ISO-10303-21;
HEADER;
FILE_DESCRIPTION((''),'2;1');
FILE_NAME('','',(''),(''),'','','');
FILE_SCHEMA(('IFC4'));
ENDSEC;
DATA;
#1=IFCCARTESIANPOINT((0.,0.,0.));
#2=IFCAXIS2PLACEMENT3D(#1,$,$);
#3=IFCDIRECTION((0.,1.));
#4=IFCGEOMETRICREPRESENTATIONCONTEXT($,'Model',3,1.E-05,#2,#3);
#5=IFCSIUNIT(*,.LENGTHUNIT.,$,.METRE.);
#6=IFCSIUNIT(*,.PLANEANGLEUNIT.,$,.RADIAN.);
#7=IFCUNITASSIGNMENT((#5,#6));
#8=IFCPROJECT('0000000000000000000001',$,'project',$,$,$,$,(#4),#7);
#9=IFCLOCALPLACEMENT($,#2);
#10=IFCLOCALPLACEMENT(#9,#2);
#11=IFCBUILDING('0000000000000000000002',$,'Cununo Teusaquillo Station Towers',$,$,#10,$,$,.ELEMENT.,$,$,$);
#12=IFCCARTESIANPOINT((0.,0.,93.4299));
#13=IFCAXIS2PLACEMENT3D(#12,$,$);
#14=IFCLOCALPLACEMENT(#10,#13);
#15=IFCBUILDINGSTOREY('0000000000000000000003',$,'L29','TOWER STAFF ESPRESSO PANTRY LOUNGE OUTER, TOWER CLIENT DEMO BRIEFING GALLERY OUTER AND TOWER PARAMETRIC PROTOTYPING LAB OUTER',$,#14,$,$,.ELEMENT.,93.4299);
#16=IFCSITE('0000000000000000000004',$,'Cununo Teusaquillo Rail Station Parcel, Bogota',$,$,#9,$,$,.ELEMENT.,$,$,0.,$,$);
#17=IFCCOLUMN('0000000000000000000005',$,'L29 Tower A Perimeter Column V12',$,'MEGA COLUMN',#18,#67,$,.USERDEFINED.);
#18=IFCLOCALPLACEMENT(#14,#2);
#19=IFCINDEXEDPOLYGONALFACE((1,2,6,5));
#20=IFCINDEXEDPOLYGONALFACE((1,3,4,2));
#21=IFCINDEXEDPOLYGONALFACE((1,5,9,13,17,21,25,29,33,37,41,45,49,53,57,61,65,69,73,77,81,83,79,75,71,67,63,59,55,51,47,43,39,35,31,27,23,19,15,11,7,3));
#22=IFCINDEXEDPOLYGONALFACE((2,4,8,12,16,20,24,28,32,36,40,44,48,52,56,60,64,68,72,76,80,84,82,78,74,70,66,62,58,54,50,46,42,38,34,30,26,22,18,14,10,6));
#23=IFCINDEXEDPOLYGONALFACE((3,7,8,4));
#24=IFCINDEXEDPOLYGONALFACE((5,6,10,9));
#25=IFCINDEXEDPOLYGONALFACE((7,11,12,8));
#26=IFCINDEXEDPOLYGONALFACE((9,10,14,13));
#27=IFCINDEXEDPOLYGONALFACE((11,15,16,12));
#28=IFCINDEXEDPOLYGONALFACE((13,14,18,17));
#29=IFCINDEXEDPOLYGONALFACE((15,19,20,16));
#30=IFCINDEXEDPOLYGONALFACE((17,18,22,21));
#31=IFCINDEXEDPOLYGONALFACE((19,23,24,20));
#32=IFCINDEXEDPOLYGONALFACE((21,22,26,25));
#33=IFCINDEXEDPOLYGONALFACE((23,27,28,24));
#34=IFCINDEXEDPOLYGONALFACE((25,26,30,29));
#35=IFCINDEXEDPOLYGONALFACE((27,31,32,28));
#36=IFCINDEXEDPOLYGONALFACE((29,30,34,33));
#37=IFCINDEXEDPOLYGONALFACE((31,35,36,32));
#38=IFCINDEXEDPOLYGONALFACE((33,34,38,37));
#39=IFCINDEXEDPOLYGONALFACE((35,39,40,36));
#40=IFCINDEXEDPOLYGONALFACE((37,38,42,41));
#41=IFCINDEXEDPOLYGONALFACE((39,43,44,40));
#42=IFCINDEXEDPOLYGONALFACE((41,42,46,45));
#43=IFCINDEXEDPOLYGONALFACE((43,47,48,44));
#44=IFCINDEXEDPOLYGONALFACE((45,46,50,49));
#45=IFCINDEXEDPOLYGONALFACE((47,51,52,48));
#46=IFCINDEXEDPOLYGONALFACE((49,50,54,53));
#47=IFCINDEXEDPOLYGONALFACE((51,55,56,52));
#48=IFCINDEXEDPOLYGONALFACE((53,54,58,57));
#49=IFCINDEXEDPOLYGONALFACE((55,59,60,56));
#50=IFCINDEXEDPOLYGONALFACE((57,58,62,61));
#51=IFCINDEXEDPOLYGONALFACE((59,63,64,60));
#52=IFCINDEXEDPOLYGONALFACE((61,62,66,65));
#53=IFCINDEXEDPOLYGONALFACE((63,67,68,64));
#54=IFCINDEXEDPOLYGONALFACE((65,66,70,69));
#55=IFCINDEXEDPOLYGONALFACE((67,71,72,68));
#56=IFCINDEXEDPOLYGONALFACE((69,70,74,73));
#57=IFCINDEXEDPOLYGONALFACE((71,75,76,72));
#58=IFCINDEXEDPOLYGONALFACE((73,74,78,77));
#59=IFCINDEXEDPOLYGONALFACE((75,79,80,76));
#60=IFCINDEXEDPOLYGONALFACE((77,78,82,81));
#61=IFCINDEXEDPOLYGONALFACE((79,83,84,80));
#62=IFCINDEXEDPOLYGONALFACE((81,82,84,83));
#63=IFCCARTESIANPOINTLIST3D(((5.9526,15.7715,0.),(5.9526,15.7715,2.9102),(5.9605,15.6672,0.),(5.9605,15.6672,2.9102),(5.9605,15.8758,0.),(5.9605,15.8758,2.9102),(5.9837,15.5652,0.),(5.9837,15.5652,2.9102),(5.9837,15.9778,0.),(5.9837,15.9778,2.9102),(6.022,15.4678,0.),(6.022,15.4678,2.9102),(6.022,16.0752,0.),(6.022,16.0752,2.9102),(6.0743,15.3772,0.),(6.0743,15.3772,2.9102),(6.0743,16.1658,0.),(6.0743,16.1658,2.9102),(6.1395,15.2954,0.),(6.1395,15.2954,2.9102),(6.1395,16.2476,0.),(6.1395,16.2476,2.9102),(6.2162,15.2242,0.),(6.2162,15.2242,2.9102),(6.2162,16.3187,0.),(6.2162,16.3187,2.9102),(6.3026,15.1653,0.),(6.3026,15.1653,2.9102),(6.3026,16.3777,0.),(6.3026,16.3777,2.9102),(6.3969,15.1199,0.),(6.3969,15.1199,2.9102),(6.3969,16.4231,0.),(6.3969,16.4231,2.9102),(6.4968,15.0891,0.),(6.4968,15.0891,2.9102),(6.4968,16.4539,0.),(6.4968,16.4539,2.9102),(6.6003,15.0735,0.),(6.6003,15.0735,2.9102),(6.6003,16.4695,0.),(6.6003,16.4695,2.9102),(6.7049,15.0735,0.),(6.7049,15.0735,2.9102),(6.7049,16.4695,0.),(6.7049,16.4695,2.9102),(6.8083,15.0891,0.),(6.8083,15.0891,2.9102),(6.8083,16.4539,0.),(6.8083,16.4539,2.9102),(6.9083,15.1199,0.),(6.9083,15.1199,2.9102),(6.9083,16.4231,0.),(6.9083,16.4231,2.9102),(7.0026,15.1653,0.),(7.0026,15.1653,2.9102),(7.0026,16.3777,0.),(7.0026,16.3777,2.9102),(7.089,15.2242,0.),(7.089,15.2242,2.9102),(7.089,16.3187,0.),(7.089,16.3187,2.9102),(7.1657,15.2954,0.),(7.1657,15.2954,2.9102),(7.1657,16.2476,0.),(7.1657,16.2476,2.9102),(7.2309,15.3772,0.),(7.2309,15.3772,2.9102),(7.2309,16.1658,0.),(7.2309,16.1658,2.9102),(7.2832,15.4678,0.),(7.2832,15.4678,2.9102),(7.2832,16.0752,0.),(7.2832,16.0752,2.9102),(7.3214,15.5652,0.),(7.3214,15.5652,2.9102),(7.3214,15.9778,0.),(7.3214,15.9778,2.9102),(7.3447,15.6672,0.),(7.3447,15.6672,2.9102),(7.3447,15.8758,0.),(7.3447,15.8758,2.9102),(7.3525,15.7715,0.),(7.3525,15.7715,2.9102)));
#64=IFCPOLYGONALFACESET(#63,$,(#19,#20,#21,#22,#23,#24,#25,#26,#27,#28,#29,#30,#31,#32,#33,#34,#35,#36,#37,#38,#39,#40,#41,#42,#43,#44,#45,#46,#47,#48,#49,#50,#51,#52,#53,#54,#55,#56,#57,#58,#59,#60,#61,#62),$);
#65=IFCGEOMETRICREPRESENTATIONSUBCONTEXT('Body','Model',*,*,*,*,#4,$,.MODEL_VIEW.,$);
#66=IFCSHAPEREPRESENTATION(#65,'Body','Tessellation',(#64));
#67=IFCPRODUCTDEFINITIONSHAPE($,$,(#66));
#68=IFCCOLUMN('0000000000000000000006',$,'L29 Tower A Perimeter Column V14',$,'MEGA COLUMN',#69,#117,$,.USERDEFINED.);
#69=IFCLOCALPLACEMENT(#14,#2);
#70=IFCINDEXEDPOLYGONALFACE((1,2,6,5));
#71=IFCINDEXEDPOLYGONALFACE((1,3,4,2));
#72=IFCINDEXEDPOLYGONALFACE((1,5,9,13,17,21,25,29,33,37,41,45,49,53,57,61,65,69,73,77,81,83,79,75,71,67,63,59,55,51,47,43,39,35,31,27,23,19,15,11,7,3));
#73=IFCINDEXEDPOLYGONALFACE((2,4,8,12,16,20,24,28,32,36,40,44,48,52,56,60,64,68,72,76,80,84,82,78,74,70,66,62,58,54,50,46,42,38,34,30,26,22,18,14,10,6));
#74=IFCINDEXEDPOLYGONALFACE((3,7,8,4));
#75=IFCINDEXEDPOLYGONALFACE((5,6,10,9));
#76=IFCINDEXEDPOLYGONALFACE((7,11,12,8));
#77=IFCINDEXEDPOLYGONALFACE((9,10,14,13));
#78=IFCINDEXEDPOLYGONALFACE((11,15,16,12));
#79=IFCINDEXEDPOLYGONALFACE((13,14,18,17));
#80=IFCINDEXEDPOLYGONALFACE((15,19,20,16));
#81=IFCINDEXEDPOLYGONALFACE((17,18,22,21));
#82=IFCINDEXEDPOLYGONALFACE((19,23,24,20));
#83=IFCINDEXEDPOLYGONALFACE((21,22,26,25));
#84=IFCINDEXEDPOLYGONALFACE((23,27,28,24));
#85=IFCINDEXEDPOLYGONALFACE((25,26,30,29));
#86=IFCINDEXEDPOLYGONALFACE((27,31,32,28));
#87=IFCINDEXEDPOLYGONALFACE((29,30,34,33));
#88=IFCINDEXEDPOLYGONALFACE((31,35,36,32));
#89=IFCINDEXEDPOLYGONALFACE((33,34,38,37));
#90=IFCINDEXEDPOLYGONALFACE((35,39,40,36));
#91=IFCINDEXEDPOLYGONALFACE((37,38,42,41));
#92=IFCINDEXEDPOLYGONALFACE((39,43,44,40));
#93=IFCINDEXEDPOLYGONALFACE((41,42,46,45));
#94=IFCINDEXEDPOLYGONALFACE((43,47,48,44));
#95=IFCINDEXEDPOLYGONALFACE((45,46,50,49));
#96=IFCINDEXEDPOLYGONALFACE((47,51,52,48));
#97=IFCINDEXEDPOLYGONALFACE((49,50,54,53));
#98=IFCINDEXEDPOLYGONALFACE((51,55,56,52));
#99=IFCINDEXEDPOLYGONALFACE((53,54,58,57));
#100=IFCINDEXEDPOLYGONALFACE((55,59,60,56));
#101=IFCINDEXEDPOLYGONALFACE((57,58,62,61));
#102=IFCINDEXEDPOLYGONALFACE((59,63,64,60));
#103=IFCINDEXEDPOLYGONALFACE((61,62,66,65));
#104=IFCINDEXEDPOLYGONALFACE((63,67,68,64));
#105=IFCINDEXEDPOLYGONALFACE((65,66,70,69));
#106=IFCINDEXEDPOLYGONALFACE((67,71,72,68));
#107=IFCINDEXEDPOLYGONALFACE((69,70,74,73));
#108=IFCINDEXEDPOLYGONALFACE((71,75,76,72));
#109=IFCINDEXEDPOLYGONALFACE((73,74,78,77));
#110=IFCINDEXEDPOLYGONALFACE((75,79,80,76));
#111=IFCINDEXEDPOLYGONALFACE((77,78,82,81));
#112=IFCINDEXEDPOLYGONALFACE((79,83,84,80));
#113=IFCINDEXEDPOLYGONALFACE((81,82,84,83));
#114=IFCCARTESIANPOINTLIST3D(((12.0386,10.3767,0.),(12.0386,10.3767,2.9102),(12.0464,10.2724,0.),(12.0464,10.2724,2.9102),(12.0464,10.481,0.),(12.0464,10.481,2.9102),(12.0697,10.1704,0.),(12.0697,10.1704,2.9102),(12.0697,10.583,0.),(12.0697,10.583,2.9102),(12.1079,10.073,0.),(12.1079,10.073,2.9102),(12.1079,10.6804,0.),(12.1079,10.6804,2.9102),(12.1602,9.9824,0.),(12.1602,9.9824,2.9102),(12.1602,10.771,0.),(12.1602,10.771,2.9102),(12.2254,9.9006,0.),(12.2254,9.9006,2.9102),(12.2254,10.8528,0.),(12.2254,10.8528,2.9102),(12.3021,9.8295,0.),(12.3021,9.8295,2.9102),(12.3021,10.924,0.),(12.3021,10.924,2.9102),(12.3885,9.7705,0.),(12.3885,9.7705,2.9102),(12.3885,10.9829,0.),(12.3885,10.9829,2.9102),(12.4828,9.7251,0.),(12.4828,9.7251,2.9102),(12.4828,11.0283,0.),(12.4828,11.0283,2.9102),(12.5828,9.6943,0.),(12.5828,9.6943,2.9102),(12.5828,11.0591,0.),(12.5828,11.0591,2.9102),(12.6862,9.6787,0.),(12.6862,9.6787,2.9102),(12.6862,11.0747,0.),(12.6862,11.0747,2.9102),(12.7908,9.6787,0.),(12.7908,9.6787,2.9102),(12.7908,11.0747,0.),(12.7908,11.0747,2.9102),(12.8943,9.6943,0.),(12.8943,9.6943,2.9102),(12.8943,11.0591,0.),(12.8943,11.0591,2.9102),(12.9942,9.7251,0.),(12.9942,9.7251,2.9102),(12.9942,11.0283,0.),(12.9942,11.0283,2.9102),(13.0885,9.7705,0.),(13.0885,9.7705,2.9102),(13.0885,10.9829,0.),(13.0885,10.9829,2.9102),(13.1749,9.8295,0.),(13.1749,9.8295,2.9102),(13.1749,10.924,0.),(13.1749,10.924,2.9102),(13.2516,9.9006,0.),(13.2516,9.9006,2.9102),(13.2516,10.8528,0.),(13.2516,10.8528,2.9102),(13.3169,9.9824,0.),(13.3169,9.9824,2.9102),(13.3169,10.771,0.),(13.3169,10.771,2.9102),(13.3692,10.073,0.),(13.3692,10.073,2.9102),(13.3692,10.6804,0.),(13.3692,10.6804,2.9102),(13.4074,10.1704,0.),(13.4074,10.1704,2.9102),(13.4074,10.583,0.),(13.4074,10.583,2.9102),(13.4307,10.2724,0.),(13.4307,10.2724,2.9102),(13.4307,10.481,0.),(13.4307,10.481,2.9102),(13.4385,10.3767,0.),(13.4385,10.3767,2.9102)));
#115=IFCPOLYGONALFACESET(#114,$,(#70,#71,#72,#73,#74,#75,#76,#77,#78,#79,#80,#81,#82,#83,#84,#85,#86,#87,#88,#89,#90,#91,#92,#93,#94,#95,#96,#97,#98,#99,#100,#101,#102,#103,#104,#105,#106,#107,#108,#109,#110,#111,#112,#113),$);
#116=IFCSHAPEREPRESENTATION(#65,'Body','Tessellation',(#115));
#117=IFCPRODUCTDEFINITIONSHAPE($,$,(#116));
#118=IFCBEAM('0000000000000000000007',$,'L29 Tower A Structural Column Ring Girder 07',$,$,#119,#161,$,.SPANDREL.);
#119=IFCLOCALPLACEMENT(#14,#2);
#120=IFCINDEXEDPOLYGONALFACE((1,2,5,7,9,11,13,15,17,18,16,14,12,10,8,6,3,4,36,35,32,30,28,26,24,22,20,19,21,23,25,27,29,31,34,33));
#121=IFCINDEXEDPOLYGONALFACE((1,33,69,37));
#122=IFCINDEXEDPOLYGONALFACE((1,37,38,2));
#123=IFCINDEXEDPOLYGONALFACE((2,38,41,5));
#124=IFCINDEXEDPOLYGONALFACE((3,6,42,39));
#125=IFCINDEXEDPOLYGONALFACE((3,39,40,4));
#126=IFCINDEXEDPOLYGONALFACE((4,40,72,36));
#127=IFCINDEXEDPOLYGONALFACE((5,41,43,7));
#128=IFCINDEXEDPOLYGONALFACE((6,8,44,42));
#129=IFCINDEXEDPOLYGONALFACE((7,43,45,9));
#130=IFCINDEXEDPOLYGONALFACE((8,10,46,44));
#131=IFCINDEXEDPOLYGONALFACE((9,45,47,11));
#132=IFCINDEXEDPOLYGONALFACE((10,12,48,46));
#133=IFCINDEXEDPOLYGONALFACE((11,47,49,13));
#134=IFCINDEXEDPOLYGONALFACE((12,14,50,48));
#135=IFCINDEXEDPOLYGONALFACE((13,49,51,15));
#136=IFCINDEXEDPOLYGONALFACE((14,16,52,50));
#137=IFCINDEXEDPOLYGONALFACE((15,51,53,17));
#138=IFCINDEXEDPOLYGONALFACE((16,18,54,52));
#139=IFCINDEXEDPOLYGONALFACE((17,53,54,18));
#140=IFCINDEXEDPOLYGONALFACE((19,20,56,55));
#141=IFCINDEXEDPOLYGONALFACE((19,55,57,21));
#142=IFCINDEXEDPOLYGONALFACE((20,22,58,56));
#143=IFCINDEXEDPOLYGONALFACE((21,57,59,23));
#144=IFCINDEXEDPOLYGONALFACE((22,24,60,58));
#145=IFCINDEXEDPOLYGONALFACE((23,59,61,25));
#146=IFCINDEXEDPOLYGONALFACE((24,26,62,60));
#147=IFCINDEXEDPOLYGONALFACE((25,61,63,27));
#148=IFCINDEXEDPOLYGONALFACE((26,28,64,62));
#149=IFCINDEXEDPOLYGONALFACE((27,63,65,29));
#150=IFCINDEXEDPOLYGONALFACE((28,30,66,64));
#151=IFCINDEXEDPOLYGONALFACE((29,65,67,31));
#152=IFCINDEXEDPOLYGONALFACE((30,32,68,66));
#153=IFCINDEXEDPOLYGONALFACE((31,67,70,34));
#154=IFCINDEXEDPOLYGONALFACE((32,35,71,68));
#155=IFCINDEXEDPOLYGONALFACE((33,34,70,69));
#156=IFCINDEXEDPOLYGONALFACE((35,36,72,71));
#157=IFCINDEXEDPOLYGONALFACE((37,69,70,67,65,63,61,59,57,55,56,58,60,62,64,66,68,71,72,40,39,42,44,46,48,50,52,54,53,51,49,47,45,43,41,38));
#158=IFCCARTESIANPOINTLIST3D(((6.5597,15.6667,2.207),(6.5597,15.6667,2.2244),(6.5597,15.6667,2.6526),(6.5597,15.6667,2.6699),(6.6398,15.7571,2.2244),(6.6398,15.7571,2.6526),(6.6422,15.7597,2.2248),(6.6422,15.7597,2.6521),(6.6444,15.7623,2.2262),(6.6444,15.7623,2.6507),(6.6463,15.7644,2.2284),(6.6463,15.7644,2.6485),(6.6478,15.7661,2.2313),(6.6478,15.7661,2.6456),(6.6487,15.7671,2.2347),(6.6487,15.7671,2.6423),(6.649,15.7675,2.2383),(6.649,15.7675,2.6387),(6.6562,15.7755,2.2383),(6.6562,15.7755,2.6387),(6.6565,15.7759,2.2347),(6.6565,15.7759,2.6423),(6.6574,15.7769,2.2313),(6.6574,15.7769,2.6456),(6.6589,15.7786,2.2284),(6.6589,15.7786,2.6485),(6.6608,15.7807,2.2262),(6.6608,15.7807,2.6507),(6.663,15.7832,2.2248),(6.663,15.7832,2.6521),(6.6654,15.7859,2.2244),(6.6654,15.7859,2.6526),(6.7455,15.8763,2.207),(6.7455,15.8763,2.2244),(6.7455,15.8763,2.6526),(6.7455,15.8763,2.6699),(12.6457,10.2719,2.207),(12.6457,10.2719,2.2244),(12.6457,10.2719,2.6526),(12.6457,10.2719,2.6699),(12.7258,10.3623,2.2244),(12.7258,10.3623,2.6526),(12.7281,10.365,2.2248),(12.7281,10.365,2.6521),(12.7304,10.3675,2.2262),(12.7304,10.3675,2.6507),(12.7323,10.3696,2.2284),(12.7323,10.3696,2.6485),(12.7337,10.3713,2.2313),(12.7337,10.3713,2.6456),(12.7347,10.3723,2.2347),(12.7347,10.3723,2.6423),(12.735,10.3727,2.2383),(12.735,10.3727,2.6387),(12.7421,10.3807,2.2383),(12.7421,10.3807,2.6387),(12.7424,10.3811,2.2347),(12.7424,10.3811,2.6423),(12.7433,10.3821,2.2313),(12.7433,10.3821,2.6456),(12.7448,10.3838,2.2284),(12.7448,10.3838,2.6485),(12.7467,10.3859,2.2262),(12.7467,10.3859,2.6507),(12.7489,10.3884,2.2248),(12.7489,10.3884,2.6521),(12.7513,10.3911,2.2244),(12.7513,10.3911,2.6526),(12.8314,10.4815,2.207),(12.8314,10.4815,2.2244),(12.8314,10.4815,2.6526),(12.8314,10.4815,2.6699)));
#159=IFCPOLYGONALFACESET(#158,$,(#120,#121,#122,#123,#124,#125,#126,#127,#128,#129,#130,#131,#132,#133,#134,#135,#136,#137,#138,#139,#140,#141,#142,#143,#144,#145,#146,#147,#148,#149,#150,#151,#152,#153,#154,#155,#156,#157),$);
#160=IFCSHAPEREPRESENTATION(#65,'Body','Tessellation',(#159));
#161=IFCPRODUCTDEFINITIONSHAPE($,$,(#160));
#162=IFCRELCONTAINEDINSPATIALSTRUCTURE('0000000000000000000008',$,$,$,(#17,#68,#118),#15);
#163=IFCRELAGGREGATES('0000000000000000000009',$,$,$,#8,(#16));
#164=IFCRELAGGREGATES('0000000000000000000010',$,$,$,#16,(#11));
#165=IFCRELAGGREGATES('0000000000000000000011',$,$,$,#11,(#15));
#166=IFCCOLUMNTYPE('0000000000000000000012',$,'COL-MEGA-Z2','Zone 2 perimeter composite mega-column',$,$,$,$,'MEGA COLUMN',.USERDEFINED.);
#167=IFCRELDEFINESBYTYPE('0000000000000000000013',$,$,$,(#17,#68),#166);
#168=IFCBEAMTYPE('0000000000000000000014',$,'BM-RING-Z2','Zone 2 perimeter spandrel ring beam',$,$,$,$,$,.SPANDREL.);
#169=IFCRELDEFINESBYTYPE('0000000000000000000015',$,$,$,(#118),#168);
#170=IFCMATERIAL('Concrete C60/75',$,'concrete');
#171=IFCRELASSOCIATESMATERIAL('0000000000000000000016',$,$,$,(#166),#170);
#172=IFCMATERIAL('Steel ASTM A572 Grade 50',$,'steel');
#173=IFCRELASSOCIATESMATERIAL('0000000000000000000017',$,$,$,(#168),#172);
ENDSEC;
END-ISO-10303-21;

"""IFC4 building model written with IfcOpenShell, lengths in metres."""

from ifc_helpers import new_model, si_unit, direction, frame, origin, origin_2d, place, context, subcontext, project, spatial, circle, i_section, extrude, material, material_profile, profile_set, type_object, element, save


model = new_model("IFC4")

# Units and contexts
model_context = context("Model", 3, precision=1e-05, world=origin(), true_north=direction((0.0, 1.0)))
body_context = subcontext(model_context, "Body", "Model", "MODEL_VIEW")
ifc_project = project(units=[si_unit("LENGTHUNIT", "METRE"), si_unit("PLANEANGLEUNIT", "RADIAN")], contexts=[model_context])

# Site, building, storey
site_placement = place(None, origin())
site = spatial("IfcSite", under=ifc_project, at=site_placement, Name="Cununo Teusaquillo Rail Station Parcel, Bogota", CompositionType="ELEMENT", RefElevation=0.0)
building_placement = place(site_placement, origin())
building = spatial("IfcBuilding", under=site, at=building_placement, Name="Cununo Teusaquillo Station Towers", CompositionType="ELEMENT")
storey_placement = place(building_placement, frame((0.0, 0.0, 93.4299)))
storey = spatial("IfcBuildingStorey", under=building, at=storey_placement, Name="L29", Description="TOWER STAFF ESPRESSO PANTRY LOUNGE OUTER, TOWER CLIENT DEMO BRIEFING GALLERY OUTER AND TOWER PARAMETRIC PROTOTYPING LAB OUTER", CompositionType="ELEMENT", Elevation=93.4299)

# Columns
ifc_material_1 = material(Name="Concrete C60/75", Category="concrete")
ifc_material_profile_1 = material_profile(ifc_material_1, circle(Radius=0.7, at=origin_2d()), Name="RC-CIRC-1400")
ifc_profile_set_1 = profile_set([ifc_material_profile_1], Name="Concrete C60/75")
column_type = type_object("IfcColumnType", Name="COL-MEGA-Z2", Description="Zone 2 perimeter composite mega-column", ElementType="MEGA COLUMN", PredefinedType="USERDEFINED", material=ifc_profile_set_1)
for number, where, z_axis, x_axis, name in (
    (1, (6.6526, 15.7715, 0.0), (0.0, 0.0, 1.0), (1.0, 0.0, 0.0), "L29 Tower A Perimeter Column V12"),
    (2, (12.7385, 10.3767, 0.0), (0.0, 0.0, 1.0), (1.0, 0.0, 0.0), "L29 Tower A Perimeter Column V14"),
):
    element("IfcColumn", number, at=place(storey_placement, frame(where, z_axis=z_axis, x_axis=x_axis)), inside=storey, type_object=column_type, Name=name, ObjectType="MEGA COLUMN", PredefinedType="USERDEFINED", context=body_context, shape_type="SweptSolid", body=[
        extrude(circle(Radius=0.7, at=origin_2d()), origin(), (0.0, 0.0, 1.0), 2.9102),
    ])

# Beam
ifc_material_2 = material(Name="Steel ASTM A572 Grade 50", Category="steel")
ifc_material_profile_2 = material_profile(ifc_material_2, i_section(OverallWidth=0.28, OverallDepth=0.4629, WebThickness=0.0107, FlangeThickness=0.0173, FilletRadius=0.0139, at=origin_2d()), Name="W18X76")
ifc_profile_set_2 = profile_set([ifc_material_profile_2], Name="Steel ASTM A572 Grade 50")
beam_type_1 = type_object("IfcBeamType", Name="BM-RING-Z2", Description="Zone 2 perimeter spandrel ring beam", PredefinedType="SPANDREL", material=ifc_profile_set_2)
beam_1_placement = place(storey_placement, frame((6.6526, 15.7715, 2.4385), z_axis=(0.748321, -0.663337, 0.0), x_axis=(0.663337, 0.748321, 0.0)))
element("IfcBeam", 3, at=beam_1_placement, inside=storey, type_object=beam_type_1, Name="L29 Tower A Structural Column Ring Girder 07", PredefinedType="SPANDREL", context=body_context, shape_type="SweptSolid", body=[
    extrude(i_section(OverallWidth=0.28, OverallDepth=0.4629, WebThickness=0.0107, FlangeThickness=0.0173, FilletRadius=0.0139, at=origin_2d()), origin(), (0.0, 0.0, 1.0), 8.1328),
])

save(model, "model.ifc")
